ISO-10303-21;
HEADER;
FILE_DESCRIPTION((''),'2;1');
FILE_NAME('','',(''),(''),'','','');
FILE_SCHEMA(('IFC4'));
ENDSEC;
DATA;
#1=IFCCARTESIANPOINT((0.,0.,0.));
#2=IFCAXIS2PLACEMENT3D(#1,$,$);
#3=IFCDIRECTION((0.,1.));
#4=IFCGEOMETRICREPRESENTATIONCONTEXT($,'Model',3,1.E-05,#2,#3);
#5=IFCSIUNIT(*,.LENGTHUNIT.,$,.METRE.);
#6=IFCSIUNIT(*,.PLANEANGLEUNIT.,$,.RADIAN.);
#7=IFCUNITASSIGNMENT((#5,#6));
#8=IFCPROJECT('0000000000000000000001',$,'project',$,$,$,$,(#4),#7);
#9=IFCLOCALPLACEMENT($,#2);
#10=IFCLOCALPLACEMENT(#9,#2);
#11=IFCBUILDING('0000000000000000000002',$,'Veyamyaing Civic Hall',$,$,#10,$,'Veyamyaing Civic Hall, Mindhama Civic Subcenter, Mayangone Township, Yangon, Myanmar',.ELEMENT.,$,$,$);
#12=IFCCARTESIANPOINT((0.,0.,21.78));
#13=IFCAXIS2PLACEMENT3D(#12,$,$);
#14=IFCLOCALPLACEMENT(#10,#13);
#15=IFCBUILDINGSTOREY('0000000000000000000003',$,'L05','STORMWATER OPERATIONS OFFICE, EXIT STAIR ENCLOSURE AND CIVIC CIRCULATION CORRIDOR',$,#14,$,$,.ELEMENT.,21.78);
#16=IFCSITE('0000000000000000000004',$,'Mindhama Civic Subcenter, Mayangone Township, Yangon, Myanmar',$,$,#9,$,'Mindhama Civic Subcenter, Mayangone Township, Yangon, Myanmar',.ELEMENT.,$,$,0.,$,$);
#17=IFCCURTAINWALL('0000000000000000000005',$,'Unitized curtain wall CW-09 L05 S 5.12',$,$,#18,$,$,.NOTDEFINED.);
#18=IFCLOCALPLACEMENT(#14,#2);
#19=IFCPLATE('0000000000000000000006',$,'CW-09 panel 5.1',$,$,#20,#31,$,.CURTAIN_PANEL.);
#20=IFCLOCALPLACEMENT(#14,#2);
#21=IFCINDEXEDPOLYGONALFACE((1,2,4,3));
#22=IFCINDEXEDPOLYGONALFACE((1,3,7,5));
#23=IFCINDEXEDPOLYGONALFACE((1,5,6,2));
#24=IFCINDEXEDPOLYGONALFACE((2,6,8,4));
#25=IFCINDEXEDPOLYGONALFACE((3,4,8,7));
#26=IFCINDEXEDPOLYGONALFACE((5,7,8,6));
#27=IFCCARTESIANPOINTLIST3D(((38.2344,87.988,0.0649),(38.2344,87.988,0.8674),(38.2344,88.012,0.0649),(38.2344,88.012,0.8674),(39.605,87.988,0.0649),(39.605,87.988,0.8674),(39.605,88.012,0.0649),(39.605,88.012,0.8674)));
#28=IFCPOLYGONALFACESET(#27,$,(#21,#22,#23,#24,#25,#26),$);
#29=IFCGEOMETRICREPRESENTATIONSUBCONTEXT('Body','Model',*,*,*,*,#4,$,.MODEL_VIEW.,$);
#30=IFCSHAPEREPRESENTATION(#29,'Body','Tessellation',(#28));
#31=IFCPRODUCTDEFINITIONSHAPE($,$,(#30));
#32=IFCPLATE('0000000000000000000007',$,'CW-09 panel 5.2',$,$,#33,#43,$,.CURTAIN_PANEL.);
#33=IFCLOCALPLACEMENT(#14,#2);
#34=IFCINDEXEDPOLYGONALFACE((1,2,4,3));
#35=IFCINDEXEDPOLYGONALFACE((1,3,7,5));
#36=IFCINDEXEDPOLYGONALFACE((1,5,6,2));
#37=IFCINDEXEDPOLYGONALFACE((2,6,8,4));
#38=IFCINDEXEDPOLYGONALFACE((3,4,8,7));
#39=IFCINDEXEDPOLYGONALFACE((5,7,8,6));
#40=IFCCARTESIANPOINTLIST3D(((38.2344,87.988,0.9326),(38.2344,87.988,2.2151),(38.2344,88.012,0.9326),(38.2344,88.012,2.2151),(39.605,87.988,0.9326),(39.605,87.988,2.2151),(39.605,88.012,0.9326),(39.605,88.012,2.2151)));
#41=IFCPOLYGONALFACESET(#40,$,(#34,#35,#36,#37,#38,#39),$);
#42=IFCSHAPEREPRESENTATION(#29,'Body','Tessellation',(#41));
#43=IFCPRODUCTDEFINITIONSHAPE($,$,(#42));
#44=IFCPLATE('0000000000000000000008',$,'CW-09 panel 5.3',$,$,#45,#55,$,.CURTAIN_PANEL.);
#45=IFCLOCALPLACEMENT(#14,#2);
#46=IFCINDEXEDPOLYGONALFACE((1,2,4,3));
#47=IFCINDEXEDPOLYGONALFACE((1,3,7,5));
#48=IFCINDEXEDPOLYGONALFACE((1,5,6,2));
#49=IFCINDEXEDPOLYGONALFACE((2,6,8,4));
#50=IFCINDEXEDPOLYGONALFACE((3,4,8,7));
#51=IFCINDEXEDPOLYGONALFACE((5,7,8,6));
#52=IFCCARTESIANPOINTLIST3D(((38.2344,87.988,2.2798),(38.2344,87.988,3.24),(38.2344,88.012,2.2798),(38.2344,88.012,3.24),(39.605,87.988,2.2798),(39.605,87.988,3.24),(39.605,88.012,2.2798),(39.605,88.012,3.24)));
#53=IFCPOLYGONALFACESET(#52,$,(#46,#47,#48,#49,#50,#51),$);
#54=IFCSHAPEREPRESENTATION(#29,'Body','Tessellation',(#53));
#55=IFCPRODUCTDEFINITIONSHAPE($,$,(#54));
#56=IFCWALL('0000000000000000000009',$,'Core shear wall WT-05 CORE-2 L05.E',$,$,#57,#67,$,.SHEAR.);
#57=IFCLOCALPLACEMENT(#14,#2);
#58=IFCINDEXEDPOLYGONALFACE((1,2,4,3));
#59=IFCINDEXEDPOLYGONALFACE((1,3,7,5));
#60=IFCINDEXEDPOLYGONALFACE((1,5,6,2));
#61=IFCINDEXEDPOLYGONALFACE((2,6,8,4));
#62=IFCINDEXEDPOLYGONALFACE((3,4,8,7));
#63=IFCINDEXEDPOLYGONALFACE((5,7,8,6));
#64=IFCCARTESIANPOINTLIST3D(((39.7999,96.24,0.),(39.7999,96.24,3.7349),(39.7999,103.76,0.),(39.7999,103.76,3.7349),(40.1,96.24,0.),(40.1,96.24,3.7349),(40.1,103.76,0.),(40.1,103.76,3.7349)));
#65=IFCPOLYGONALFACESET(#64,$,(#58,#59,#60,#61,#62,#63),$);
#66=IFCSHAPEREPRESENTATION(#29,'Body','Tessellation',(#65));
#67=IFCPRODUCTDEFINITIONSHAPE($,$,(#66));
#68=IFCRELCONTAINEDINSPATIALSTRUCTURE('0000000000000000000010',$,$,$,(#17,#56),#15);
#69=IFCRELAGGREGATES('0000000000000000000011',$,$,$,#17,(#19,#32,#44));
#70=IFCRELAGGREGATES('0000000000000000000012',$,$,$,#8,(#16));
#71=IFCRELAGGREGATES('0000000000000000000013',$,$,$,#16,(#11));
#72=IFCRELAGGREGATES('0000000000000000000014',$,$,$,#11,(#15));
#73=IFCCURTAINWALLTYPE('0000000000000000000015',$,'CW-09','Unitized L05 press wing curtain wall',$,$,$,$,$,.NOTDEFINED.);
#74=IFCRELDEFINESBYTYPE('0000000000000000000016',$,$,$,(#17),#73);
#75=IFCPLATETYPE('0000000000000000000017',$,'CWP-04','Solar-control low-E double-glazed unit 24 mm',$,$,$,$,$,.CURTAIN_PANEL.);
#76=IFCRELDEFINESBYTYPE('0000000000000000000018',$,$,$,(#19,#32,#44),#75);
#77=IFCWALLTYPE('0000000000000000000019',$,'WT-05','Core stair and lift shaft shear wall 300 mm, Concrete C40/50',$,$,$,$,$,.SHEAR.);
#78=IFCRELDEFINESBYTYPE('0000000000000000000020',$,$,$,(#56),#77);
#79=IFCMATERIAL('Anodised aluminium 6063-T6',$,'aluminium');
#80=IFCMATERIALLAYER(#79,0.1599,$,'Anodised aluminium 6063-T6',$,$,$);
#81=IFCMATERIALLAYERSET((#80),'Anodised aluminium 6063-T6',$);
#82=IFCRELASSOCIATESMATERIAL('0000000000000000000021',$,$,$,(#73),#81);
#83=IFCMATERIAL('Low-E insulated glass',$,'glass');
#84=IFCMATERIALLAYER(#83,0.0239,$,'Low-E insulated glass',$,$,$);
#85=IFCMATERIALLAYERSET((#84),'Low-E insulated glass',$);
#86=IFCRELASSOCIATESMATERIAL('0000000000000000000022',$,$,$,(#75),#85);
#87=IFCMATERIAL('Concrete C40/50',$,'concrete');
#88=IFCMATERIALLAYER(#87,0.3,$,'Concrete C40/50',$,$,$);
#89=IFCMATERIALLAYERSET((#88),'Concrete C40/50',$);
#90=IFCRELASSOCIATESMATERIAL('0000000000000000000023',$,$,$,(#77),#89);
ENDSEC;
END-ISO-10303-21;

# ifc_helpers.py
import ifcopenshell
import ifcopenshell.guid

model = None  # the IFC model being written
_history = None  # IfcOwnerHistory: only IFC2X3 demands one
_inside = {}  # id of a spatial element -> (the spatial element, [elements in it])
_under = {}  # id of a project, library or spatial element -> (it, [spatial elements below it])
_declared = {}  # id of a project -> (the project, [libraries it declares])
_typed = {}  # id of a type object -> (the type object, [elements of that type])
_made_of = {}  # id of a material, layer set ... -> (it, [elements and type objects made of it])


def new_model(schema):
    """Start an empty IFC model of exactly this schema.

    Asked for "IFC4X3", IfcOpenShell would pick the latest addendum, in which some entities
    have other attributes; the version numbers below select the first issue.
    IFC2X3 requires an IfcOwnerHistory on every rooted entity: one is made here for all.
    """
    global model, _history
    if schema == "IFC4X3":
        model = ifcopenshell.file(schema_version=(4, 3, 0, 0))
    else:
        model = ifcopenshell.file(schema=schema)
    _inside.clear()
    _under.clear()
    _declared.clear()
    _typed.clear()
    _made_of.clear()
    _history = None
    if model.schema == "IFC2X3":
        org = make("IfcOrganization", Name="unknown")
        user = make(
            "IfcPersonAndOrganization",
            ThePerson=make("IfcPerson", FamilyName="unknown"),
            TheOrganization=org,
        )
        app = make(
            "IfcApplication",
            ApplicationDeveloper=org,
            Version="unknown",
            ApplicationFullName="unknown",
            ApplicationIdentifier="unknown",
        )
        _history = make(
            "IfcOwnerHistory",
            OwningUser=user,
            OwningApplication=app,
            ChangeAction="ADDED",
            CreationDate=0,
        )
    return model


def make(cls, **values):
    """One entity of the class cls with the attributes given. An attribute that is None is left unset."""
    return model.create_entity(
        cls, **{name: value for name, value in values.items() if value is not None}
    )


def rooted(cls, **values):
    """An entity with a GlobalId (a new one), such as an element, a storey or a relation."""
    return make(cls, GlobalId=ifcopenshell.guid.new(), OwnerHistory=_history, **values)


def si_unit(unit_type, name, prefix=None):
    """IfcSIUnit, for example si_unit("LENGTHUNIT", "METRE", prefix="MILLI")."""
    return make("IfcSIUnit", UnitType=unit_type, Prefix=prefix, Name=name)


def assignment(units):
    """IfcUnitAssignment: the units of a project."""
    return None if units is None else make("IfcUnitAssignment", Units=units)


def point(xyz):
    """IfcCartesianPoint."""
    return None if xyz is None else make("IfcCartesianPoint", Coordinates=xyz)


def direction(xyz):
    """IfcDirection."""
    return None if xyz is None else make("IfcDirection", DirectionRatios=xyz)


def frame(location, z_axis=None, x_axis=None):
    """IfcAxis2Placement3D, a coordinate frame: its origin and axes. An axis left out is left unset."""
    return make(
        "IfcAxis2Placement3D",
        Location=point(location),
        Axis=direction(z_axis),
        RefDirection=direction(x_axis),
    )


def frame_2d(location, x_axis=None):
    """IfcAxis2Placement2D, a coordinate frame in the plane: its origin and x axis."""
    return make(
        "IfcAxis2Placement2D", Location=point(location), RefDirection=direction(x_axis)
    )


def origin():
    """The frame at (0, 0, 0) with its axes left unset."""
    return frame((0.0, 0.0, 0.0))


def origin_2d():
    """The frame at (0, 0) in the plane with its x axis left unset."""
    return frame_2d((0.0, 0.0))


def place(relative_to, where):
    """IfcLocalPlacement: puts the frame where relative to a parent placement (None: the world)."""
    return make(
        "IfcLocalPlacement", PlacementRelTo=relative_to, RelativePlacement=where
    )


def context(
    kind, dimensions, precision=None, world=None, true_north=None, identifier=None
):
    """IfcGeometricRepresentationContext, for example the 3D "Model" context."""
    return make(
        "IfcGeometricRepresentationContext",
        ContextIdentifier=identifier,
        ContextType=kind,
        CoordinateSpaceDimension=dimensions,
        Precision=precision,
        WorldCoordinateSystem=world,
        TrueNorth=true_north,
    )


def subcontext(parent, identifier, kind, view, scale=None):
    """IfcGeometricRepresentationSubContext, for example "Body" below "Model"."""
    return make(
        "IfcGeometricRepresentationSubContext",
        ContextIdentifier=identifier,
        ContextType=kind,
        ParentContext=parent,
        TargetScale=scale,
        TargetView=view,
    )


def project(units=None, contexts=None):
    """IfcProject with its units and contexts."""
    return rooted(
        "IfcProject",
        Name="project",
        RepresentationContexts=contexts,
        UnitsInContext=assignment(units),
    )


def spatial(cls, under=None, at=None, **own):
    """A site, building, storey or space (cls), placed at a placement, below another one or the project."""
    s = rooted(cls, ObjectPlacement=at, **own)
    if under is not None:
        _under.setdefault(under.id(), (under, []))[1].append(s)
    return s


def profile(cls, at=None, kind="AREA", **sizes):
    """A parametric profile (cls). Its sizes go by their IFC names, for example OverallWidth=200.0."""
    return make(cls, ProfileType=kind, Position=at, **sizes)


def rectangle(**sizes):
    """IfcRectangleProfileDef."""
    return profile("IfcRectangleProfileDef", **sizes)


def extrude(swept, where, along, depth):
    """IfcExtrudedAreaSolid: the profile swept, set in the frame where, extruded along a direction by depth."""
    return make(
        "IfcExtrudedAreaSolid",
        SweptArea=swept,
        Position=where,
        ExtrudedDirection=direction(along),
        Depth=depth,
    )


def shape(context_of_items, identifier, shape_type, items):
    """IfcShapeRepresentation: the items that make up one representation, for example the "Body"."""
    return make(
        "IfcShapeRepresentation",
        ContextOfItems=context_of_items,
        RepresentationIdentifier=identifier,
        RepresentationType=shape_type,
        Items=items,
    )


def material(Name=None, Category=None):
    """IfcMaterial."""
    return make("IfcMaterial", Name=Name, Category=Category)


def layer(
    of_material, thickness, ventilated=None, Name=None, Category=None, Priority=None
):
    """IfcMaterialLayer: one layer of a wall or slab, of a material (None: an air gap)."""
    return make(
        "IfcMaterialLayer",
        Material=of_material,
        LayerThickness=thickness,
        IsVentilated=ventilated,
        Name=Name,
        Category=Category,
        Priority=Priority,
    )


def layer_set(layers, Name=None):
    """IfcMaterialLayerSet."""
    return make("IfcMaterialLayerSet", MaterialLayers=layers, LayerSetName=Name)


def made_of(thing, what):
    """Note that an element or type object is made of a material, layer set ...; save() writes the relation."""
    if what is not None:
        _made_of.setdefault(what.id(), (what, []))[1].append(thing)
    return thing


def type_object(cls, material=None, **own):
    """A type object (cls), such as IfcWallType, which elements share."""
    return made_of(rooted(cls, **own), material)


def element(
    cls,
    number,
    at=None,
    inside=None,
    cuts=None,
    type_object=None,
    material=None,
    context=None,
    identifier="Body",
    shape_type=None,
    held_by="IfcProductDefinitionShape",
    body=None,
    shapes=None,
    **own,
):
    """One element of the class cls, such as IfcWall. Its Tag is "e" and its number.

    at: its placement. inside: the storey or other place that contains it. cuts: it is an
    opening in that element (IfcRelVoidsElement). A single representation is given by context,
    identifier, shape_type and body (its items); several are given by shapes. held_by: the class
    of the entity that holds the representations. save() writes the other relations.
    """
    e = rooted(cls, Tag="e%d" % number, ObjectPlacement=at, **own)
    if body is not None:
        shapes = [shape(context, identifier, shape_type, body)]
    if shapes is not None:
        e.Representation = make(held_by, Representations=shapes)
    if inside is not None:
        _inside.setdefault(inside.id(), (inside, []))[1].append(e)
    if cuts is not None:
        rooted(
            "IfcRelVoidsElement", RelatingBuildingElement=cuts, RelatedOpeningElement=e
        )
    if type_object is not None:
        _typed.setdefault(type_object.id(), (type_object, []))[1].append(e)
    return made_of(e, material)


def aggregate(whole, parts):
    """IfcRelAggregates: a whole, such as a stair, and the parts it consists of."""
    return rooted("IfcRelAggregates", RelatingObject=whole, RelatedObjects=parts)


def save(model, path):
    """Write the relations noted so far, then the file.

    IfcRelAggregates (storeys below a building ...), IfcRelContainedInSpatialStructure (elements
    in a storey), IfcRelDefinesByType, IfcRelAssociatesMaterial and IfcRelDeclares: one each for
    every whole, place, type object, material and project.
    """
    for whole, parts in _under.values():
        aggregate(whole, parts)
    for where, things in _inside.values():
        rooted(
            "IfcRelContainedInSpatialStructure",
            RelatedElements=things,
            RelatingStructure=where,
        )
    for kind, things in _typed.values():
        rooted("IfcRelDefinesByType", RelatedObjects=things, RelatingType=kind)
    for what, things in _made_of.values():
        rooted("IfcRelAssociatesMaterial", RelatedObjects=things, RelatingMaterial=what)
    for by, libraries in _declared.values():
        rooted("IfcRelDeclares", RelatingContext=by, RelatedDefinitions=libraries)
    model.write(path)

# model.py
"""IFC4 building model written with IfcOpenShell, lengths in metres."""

from ifc_helpers import new_model, si_unit, direction, frame, frame_2d, origin, origin_2d, place, context, subcontext, project, spatial, rectangle, extrude, material, layer, layer_set, type_object, element, aggregate, save


model = new_model("IFC4")

# Units and contexts
model_context = context("Model", 3, precision=1e-05, world=origin(), true_north=direction((0.0, 1.0)))
body_context = subcontext(model_context, "Body", "Model", "MODEL_VIEW")
ifc_project = project(units=[si_unit("LENGTHUNIT", "METRE"), si_unit("PLANEANGLEUNIT", "RADIAN")], contexts=[model_context])

# Site, building, storey
site_placement = place(None, origin())
site = spatial("IfcSite", under=ifc_project, at=site_placement, Name="Mindhama Civic Subcenter, Mayangone Township, Yangon, Myanmar", LongName="Mindhama Civic Subcenter, Mayangone Township, Yangon, Myanmar", CompositionType="ELEMENT", RefElevation=0.0)
building_placement = place(site_placement, origin())
building = spatial("IfcBuilding", under=site, at=building_placement, Name="Veyamyaing Civic Hall", LongName="Veyamyaing Civic Hall, Mindhama Civic Subcenter, Mayangone Township, Yangon, Myanmar", CompositionType="ELEMENT")
storey_placement = place(building_placement, frame((0.0, 0.0, 21.78)))
storey = spatial("IfcBuildingStorey", under=building, at=storey_placement, Name="L05", Description="STORMWATER OPERATIONS OFFICE, EXIT STAIR ENCLOSURE AND CIVIC CIRCULATION CORRIDOR", CompositionType="ELEMENT", Elevation=21.78)

# Curtain wall
ifc_material_1 = material(Name="Anodised aluminium 6063-T6", Category="aluminium")
ifc_layer_1 = layer(ifc_material_1, 0.1599, Name="Anodised aluminium 6063-T6")
ifc_layer_set_1 = layer_set([ifc_layer_1], Name="Anodised aluminium 6063-T6")
curtain_wall_type = type_object("IfcCurtainWallType", Name="CW-09", Description="Unitized L05 press wing curtain wall", PredefinedType="NOTDEFINED", material=ifc_layer_set_1)
curtain_wall_placement = place(storey_placement, origin())
curtain_wall = element("IfcCurtainWall", 1, at=curtain_wall_placement, inside=storey, type_object=curtain_wall_type, Name="Unitized curtain wall CW-09 L05 S 5.12", PredefinedType="NOTDEFINED")

# Plates
ifc_material_2 = material(Name="Low-E insulated glass", Category="glass")
ifc_layer_2 = layer(ifc_material_2, 0.0239, Name="Low-E insulated glass")
ifc_layer_set_2 = layer_set([ifc_layer_2], Name="Low-E insulated glass")
plate_type = type_object("IfcPlateType", Name="CWP-04", Description="Solar-control low-E double-glazed unit 24 mm", PredefinedType="CURTAIN_PANEL", material=ifc_layer_set_2)
plate_1_placement = place(storey_placement, frame((38.9197, 88.0, 0.0649), z_axis=(0.0, 0.0, 1.0), x_axis=(1.0, 0.0, 0.0)))
plate_1 = element("IfcPlate", 2, at=plate_1_placement, type_object=plate_type, Name="CW-09 panel 5.1", PredefinedType="CURTAIN_PANEL", context=body_context, shape_type="SweptSolid", body=[
    extrude(rectangle(XDim=1.3706, YDim=0.0239, at=origin_2d()), origin(), (0.0, 0.0, 1.0), 0.8025),
])
plate_2_placement = place(storey_placement, frame((38.9197, 88.0, 0.9326), z_axis=(0.0, 0.0, 1.0), x_axis=(1.0, 0.0, 0.0)))
plate_2 = element("IfcPlate", 3, at=plate_2_placement, type_object=plate_type, Name="CW-09 panel 5.2", PredefinedType="CURTAIN_PANEL", context=body_context, shape_type="SweptSolid", body=[
    extrude(rectangle(XDim=1.3706, YDim=0.0239, at=origin_2d()), origin(), (0.0, 0.0, 1.0), 1.2825),
])
plate_3_placement = place(storey_placement, frame((38.9197, 88.0, 2.2798), z_axis=(0.0, 0.0, 1.0), x_axis=(1.0, 0.0, 0.0)))
plate_3 = element("IfcPlate", 4, at=plate_3_placement, type_object=plate_type, Name="CW-09 panel 5.3", PredefinedType="CURTAIN_PANEL", context=body_context, shape_type="SweptSolid", body=[
    extrude(rectangle(XDim=1.3706, YDim=0.0239, at=origin_2d()), origin(), (0.0, 0.0, 1.0), 0.9602),
])
aggregate(curtain_wall, [plate_1, plate_2, plate_3])

# Wall
ifc_material_3 = material(Name="Concrete C40/50", Category="concrete")
ifc_layer_3 = layer(ifc_material_3, 0.3, Name="Concrete C40/50")
ifc_layer_set_3 = layer_set([ifc_layer_3], Name="Concrete C40/50")
wall_type = type_object("IfcWallType", Name="WT-05", Description="Core stair and lift shaft shear wall 300 mm, Concrete C40/50", PredefinedType="SHEAR", material=ifc_layer_set_3)
wall_placement = place(storey_placement, frame((39.95, 96.24, 0.0), z_axis=(0.0, 0.0, 1.0), x_axis=(0.0, 1.0, 0.0)))
element("IfcWall", 5, at=wall_placement, inside=storey, type_object=wall_type, Name="Core shear wall WT-05 CORE-2 L05.E", PredefinedType="SHEAR", context=body_context, shape_type="SweptSolid", body=[
    extrude(rectangle(XDim=7.52, YDim=0.3, at=frame_2d((3.76, 0.0))), origin(), (0.0, 0.0, 1.0), 3.7349),
])

save(model, "model.ifc")
